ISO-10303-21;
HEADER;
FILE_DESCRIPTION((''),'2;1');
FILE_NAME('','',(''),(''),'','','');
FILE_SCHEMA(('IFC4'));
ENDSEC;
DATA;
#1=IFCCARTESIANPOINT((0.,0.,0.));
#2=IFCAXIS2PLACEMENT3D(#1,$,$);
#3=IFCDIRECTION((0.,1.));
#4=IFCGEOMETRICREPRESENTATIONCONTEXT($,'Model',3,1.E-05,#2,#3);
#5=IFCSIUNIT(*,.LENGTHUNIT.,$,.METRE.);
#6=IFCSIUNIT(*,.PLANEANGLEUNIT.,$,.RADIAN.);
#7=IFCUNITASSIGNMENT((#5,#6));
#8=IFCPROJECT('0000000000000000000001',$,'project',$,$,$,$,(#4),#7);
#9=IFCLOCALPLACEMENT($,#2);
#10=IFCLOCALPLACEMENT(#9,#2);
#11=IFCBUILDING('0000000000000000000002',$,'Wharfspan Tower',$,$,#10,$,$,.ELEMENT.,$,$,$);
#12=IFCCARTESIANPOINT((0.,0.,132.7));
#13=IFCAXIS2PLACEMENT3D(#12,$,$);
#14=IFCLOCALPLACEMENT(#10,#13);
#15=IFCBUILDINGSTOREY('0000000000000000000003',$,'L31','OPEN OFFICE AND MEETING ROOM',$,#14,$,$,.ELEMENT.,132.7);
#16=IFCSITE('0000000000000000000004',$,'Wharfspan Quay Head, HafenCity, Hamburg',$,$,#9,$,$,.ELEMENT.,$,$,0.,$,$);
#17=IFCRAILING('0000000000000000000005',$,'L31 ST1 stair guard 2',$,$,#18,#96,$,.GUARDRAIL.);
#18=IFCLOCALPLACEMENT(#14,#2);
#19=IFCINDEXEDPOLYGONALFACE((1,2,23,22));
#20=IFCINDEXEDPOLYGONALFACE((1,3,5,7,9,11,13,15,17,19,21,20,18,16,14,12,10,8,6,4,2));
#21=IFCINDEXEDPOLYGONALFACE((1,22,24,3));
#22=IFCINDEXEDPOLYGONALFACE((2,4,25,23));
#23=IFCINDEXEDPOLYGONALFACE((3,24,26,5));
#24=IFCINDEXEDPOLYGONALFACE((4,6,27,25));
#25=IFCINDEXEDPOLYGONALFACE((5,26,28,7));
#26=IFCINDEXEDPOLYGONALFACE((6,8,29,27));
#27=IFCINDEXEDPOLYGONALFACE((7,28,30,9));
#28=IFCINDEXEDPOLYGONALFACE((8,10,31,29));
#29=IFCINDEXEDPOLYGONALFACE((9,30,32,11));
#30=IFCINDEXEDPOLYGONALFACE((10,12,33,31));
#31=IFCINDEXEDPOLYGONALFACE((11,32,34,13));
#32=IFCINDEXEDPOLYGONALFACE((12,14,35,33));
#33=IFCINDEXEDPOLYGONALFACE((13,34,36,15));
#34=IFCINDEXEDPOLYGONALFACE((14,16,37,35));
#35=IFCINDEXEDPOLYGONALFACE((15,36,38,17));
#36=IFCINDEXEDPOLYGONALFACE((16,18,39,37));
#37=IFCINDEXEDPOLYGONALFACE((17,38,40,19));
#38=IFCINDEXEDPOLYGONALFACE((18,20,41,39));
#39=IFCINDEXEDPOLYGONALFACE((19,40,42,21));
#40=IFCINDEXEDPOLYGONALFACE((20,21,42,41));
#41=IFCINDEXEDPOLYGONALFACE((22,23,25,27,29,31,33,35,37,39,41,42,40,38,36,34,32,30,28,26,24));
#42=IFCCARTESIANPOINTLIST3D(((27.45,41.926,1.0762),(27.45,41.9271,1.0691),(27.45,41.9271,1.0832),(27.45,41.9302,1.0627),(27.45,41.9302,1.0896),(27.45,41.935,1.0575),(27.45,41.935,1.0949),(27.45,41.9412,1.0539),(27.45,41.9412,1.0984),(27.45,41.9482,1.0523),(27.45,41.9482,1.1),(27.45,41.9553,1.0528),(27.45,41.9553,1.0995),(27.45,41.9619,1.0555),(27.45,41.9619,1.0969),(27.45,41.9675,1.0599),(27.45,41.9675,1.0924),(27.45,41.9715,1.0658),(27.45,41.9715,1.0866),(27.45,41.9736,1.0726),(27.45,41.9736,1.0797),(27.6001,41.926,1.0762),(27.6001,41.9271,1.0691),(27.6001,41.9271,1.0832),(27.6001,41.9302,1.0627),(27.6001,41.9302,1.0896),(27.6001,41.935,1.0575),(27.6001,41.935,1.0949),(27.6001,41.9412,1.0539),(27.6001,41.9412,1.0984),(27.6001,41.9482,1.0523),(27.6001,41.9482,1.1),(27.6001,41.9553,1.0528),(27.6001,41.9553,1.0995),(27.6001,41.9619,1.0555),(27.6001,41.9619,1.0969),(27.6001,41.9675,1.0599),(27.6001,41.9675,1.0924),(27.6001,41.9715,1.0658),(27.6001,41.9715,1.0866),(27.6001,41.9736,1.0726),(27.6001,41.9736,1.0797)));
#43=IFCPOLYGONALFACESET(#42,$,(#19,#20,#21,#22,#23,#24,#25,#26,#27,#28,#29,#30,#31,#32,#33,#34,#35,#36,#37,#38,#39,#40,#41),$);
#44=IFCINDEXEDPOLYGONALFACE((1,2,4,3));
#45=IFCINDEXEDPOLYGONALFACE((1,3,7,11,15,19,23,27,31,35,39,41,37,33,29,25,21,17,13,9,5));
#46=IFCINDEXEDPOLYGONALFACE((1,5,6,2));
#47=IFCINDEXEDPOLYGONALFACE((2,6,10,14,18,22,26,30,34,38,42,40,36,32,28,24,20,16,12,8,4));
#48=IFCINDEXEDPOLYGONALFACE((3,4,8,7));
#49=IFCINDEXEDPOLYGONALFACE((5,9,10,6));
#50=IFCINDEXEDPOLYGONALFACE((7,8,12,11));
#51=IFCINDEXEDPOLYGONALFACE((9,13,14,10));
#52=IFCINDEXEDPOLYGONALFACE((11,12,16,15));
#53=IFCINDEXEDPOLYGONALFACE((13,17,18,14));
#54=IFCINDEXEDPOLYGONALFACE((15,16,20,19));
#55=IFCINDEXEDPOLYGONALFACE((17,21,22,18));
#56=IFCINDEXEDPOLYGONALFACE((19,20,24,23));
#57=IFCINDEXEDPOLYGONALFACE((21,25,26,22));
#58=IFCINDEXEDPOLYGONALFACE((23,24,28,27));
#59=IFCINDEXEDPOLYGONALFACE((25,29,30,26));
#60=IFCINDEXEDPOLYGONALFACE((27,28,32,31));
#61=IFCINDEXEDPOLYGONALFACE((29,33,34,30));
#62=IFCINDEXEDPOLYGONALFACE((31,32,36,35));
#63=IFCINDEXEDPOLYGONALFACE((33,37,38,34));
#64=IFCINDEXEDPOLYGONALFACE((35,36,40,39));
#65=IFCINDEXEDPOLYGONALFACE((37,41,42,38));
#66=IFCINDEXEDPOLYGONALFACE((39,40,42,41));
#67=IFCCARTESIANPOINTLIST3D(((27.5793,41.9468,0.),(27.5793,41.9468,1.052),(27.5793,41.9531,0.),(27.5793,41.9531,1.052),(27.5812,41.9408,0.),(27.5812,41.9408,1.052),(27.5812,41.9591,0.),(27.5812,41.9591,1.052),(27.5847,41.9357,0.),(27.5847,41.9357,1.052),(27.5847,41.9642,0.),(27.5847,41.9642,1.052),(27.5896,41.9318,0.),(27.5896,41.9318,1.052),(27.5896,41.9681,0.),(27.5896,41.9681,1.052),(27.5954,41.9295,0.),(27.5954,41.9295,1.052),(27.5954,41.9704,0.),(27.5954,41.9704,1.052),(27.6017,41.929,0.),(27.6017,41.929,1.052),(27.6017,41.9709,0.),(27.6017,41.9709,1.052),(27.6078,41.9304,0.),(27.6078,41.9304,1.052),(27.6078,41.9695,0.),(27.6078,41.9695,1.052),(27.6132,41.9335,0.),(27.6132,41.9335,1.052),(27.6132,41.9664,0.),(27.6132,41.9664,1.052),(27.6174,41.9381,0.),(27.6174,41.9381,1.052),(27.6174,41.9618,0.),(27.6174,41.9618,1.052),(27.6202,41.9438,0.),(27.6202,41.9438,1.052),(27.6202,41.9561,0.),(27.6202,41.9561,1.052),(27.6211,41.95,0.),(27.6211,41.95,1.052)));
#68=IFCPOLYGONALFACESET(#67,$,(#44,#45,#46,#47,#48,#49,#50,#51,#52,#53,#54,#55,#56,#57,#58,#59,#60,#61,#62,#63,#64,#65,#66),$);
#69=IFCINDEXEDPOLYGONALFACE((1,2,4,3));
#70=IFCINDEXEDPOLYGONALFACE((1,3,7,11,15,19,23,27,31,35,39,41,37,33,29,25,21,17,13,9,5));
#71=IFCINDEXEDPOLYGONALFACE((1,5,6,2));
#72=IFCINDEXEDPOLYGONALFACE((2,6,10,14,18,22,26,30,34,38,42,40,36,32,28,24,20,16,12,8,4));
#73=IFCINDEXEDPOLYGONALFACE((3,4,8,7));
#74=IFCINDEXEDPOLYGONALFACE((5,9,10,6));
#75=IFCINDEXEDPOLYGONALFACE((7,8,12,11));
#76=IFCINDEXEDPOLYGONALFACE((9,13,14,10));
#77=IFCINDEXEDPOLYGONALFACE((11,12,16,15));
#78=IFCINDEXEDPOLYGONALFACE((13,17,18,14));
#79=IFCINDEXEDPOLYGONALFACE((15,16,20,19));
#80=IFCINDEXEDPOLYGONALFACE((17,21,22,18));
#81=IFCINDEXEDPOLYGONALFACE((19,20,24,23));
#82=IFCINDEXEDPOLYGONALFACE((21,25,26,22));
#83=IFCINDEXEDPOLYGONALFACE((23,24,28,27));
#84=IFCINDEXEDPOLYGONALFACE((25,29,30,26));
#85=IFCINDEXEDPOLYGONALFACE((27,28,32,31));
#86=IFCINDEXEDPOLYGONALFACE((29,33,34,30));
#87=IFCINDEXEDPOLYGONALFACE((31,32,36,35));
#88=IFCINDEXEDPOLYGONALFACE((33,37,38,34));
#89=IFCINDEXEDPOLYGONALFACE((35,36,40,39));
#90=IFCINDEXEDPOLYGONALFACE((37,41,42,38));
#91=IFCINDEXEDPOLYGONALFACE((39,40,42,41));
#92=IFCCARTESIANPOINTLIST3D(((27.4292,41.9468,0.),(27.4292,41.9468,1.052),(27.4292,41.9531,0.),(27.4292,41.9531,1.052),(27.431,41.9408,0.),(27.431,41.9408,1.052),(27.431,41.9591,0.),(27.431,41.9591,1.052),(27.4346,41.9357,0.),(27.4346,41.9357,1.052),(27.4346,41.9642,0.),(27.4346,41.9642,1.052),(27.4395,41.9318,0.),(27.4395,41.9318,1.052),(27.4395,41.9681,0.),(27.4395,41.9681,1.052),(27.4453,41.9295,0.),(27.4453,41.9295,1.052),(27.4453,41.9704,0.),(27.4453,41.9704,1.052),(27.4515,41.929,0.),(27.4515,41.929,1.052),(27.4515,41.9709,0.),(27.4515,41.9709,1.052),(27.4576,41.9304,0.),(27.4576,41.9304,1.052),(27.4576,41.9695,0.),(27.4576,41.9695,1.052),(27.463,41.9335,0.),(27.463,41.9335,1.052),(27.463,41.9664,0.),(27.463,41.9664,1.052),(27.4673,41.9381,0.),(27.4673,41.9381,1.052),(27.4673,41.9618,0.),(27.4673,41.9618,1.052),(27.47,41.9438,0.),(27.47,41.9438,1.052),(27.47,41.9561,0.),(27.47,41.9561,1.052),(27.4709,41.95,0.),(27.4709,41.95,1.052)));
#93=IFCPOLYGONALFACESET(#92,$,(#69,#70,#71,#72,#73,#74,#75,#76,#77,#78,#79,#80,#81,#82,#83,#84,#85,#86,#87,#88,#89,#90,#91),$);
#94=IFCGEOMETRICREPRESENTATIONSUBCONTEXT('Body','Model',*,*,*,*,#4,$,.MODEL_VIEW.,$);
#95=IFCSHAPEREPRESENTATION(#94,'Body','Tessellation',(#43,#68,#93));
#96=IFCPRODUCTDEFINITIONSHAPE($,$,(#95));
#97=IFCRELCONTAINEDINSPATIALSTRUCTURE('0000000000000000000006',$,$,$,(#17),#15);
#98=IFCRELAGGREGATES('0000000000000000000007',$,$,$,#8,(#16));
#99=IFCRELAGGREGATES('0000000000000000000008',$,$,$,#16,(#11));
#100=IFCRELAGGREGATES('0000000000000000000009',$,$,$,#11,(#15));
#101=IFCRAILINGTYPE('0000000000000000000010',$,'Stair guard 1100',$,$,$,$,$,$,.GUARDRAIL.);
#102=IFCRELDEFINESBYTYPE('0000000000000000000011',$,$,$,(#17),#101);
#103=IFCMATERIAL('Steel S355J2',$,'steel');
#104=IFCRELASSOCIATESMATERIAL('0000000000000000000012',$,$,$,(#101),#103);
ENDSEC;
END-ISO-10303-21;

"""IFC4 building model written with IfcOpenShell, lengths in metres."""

from ifc_helpers import new_model, si_unit, direction, frame, origin, origin_2d, place, context, subcontext, project, spatial, circle, extrude, material, type_object, element, save


model = new_model("IFC4")

# Units and contexts
model_context = context("Model", 3, precision=1e-05, world=origin(), true_north=direction((0.0, 1.0)))
body_context = subcontext(model_context, "Body", "Model", "MODEL_VIEW")
ifc_project = project(units=[si_unit("LENGTHUNIT", "METRE"), si_unit("PLANEANGLEUNIT", "RADIAN")], contexts=[model_context])

# Site, building, storey
site_placement = place(None, origin())
site = spatial("IfcSite", under=ifc_project, at=site_placement, Name="Wharfspan Quay Head, HafenCity, Hamburg", CompositionType="ELEMENT", RefElevation=0.0)
building_placement = place(site_placement, origin())
building = spatial("IfcBuilding", under=site, at=building_placement, Name="Wharfspan Tower", CompositionType="ELEMENT")
storey_placement = place(building_placement, frame((0.0, 0.0, 132.7)))
storey = spatial("IfcBuildingStorey", under=building, at=storey_placement, Name="L31", Description="OPEN OFFICE AND MEETING ROOM", CompositionType="ELEMENT", Elevation=132.7)

# Shared definitions
ifc_material_1 = material(Name="Steel S355J2", Category="steel")

# Railing
railing_type_1 = type_object("IfcRailingType", Name="Stair guard 1100", PredefinedType="GUARDRAIL", material=ifc_material_1)
railing_1_placement = place(storey_placement, frame((27.6001, 41.95, 0.0)))
element("IfcRailing", 1, at=railing_1_placement, inside=storey, type_object=railing_type_1, Name="L31 ST1 stair guard 2", PredefinedType="GUARDRAIL", context=body_context, shape_type="SweptSolid", body=[
    extrude(circle(Radius=0.0239, at=origin_2d()), frame((0.0, 0.0, 1.0762), z_axis=(-1.0, 0.0, 0.0), x_axis=(0.0, -1.0, 0.0)), (0.0, 0.0, 1.0), 0.1501),
    extrude(circle(Radius=0.021, at=origin_2d()), origin(), (0.0, 0.0, 1.0), 1.052),
    extrude(circle(Radius=0.021, at=origin_2d()), frame((-0.1501, 0.0, 0.0)), (0.0, 0.0, 1.0), 1.052),
])

save(model, "model.ifc")
